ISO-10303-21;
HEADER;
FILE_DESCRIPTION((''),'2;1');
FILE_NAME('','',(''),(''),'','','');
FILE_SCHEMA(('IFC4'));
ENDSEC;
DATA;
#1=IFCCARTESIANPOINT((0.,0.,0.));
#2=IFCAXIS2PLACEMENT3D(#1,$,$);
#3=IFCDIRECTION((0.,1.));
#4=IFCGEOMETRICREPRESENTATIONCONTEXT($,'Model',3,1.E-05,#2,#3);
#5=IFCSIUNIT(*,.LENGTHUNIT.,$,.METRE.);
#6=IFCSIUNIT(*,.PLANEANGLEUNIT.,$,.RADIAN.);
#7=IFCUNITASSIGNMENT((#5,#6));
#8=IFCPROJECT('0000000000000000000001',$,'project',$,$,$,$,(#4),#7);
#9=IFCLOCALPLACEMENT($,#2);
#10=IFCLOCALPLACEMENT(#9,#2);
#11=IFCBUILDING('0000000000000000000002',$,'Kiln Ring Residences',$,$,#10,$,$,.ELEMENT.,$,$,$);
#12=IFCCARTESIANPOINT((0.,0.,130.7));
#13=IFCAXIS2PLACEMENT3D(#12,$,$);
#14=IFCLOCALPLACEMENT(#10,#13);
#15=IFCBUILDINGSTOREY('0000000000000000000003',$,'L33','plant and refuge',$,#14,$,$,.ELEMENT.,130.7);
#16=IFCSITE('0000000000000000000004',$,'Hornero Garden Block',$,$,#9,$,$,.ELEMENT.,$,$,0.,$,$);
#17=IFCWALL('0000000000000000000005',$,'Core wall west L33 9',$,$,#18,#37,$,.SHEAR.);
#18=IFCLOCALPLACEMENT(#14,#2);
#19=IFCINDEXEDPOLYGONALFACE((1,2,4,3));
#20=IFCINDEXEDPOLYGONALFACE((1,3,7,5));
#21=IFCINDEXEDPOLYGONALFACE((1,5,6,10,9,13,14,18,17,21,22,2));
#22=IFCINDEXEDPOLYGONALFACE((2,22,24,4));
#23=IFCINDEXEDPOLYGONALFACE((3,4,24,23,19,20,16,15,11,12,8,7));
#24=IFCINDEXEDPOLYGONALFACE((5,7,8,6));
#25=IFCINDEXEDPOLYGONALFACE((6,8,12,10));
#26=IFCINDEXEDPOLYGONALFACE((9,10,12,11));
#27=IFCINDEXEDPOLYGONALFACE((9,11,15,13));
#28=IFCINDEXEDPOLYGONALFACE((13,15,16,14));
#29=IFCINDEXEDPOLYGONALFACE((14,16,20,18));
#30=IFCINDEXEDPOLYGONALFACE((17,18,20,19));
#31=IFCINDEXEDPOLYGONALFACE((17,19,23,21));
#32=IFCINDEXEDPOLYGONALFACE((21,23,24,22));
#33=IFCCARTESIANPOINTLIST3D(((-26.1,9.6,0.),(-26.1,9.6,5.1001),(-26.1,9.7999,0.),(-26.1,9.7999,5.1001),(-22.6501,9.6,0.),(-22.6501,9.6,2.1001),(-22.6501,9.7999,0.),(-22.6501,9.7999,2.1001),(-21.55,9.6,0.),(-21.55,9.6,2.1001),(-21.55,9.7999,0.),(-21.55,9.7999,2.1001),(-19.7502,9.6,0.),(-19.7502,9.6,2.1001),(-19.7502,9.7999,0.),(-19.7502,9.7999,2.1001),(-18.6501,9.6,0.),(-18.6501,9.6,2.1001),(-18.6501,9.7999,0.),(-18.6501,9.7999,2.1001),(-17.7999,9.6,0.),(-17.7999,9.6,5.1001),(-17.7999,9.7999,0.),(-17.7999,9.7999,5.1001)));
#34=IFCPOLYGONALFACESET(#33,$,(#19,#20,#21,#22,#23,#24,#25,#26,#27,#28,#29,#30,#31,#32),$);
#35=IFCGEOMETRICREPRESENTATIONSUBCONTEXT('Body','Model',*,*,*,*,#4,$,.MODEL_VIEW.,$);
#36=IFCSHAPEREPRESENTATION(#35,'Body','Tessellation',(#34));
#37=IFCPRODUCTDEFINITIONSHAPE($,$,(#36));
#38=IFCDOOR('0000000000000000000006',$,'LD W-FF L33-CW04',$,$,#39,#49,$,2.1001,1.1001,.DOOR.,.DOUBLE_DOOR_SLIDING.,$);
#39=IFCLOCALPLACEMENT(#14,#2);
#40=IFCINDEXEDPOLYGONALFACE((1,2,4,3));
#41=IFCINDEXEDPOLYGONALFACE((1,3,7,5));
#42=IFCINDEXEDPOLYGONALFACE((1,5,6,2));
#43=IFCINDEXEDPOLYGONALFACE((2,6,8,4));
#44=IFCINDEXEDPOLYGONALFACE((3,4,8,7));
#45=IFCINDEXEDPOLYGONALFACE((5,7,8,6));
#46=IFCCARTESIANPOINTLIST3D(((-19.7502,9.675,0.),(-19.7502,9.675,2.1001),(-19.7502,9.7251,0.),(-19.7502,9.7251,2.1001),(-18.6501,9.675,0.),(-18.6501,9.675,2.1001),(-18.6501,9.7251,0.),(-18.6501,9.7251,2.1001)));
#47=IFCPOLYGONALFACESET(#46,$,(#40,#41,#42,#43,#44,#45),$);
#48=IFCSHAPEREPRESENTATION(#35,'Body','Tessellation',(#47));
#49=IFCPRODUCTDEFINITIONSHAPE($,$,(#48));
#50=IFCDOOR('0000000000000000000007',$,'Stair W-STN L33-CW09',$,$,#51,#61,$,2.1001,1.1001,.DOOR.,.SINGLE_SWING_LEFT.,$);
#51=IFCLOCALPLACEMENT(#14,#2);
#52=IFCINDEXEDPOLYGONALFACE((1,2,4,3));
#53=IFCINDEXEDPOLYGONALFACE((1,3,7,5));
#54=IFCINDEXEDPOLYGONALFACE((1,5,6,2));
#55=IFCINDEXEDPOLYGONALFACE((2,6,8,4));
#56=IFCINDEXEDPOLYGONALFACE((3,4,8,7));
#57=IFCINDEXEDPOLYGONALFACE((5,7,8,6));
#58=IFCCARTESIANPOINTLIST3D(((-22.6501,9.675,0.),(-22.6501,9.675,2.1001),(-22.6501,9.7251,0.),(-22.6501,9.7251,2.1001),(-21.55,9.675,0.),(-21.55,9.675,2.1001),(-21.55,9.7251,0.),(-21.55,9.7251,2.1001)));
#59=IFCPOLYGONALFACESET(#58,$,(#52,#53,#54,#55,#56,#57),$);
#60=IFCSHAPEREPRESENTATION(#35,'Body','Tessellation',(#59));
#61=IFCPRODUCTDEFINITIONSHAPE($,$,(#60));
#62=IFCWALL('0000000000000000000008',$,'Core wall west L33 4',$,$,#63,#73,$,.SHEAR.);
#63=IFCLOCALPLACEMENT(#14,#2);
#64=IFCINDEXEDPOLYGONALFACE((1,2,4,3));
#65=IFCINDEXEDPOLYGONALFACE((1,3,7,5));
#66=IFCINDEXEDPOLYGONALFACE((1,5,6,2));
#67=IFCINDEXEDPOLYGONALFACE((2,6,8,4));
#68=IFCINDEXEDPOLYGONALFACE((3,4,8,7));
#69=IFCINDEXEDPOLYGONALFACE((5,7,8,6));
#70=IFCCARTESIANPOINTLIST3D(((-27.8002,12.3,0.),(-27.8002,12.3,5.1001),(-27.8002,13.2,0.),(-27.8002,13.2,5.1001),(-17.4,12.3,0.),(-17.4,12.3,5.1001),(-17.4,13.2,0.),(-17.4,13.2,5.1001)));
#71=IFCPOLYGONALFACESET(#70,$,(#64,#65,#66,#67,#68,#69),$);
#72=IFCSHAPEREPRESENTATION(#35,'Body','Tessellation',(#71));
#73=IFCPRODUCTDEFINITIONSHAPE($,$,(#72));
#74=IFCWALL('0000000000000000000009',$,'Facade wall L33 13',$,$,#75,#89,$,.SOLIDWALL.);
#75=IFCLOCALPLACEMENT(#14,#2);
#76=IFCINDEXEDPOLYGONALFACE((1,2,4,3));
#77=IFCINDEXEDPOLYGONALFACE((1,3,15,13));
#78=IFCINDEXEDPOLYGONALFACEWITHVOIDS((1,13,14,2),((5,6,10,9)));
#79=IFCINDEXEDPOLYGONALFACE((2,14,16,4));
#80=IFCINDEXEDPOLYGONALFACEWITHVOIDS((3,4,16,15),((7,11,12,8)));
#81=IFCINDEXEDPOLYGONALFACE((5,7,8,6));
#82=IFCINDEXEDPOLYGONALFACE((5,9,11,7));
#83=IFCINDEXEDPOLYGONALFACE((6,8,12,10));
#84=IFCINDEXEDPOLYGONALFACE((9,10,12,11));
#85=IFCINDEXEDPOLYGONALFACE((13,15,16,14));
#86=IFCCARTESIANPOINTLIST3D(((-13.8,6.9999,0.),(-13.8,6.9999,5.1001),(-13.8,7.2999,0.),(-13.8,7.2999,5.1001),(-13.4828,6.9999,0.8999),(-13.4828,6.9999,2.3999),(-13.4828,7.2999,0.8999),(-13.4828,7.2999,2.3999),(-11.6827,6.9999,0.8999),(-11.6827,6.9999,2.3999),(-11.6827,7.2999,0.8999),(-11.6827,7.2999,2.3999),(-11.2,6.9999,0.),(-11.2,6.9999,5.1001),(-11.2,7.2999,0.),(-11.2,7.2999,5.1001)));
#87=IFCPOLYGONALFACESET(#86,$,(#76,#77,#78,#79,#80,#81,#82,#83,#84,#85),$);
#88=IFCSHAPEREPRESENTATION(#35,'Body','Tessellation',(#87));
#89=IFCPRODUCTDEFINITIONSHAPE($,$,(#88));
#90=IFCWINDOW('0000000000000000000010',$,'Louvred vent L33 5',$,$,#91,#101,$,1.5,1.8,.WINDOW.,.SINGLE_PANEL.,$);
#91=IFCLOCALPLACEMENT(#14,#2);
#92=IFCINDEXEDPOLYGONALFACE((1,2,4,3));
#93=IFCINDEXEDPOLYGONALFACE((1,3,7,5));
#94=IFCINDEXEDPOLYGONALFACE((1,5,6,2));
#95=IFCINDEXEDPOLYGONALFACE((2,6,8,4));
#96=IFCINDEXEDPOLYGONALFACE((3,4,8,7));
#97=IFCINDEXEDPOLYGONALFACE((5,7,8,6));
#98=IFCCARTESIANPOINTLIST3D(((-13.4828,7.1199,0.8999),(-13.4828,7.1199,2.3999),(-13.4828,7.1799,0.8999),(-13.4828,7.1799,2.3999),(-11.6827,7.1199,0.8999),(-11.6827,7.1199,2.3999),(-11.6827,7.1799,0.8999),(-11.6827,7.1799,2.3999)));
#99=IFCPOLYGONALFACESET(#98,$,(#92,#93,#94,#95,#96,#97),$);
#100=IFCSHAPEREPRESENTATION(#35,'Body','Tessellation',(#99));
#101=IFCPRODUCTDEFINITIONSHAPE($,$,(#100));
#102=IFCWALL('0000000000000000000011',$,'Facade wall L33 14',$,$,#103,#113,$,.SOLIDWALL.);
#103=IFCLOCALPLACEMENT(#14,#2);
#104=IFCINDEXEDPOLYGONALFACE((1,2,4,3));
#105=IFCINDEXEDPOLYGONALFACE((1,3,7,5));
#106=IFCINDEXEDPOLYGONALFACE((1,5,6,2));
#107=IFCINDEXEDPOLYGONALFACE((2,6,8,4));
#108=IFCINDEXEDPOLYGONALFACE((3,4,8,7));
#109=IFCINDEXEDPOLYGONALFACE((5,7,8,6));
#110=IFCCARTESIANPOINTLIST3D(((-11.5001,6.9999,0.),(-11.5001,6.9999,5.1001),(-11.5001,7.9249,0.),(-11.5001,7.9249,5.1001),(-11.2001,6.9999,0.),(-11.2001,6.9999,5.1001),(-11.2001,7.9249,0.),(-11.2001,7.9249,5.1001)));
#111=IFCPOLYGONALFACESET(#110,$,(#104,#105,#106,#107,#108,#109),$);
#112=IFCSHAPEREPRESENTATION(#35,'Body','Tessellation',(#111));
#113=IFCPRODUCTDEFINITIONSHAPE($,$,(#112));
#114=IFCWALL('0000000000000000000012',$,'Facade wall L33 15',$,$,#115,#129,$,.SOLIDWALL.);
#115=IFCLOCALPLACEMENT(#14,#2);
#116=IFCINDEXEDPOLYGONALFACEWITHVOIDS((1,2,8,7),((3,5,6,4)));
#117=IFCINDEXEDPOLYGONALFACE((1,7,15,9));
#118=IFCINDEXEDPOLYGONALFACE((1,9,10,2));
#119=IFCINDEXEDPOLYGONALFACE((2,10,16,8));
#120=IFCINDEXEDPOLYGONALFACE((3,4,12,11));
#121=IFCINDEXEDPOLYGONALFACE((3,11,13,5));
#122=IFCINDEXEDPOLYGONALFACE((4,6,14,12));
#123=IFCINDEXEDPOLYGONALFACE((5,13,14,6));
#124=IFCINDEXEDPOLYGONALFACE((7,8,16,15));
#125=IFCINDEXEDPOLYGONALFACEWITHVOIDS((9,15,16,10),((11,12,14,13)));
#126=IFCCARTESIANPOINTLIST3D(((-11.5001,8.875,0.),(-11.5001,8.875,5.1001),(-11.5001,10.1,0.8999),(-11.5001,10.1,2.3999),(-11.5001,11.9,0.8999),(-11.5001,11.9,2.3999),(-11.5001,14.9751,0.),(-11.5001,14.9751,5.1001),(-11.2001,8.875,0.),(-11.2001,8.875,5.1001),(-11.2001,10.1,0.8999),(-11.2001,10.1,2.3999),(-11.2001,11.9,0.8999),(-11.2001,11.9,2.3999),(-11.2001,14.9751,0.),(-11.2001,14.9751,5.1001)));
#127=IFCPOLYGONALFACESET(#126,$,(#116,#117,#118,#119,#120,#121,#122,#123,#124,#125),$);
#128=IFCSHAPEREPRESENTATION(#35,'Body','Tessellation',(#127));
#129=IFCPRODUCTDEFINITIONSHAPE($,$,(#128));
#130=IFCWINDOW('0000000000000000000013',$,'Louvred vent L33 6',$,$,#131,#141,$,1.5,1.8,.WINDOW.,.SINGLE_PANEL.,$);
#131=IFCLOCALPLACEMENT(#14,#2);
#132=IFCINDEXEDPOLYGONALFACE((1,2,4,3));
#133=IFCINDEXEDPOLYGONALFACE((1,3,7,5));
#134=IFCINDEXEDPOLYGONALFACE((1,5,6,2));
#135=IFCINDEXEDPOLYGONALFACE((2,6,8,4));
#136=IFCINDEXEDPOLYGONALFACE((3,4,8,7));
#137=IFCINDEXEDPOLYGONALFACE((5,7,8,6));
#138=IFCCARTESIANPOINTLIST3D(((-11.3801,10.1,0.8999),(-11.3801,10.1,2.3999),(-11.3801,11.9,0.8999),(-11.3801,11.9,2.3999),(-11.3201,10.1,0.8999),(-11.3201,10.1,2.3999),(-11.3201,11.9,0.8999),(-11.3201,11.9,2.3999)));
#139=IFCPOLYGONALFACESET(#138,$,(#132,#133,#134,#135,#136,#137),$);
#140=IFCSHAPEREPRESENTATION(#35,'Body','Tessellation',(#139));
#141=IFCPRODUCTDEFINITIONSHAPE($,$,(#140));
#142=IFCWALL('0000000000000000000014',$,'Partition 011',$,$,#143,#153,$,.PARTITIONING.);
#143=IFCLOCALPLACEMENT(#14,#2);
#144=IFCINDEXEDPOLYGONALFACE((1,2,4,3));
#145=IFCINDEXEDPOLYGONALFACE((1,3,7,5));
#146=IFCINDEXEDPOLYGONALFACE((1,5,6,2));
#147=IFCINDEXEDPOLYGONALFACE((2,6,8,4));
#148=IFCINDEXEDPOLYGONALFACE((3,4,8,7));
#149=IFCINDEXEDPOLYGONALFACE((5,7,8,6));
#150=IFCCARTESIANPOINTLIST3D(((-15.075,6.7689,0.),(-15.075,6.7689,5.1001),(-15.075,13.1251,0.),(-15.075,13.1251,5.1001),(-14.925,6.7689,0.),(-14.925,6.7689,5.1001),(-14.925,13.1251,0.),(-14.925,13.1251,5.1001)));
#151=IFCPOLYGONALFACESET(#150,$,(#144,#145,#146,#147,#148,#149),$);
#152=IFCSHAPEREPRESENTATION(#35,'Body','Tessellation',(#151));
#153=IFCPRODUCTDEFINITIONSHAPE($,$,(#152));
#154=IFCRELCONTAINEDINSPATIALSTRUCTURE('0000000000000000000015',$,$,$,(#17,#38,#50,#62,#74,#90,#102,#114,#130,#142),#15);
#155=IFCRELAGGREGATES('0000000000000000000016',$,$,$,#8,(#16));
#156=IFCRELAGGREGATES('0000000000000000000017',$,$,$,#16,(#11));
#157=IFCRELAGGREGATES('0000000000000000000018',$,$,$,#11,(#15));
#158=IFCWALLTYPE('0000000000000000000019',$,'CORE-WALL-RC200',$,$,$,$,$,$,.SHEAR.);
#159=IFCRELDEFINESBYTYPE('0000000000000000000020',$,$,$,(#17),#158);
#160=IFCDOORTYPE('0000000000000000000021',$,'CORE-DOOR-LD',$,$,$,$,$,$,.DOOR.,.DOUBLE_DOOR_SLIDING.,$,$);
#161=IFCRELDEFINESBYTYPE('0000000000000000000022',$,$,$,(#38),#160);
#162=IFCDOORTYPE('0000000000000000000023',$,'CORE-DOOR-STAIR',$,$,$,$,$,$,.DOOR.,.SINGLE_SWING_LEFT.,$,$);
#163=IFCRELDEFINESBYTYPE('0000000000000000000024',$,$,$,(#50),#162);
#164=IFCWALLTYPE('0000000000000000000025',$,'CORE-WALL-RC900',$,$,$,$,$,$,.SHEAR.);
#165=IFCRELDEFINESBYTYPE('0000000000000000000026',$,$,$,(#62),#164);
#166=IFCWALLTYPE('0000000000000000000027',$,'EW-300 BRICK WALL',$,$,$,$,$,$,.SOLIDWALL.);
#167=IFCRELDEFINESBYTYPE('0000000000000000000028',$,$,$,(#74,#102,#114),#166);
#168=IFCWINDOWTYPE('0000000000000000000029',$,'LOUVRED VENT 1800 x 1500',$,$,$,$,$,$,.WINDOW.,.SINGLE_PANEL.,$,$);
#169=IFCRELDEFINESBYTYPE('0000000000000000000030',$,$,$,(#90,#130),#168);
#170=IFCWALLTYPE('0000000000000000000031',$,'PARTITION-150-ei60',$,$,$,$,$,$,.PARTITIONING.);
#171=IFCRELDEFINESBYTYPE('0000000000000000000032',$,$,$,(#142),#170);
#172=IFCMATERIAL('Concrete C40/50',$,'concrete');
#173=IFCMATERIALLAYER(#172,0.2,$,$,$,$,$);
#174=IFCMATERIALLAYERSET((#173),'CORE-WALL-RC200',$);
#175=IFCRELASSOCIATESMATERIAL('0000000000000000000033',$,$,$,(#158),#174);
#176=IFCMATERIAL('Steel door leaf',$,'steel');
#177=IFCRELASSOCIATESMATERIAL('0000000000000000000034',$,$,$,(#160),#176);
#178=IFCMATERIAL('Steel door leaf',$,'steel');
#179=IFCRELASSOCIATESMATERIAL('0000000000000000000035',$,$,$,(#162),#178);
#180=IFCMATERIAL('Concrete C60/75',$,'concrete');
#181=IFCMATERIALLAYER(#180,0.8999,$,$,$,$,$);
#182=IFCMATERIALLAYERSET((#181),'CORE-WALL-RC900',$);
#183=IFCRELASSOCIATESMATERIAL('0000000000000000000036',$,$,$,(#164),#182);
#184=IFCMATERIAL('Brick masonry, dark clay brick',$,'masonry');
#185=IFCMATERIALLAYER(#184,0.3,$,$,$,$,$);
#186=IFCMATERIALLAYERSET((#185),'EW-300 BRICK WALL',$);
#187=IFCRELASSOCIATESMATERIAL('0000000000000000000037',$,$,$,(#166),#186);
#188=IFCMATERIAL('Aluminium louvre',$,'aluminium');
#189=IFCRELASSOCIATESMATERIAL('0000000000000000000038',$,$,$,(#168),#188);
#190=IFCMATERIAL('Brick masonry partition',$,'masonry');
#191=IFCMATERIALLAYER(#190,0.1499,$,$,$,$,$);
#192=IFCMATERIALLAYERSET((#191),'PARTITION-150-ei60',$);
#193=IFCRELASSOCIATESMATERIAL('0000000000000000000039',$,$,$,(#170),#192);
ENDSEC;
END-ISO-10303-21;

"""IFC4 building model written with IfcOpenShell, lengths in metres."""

from ifc_helpers import new_model, si_unit, direction, frame, frame_2d, origin, place, context, subcontext, project, spatial, rectangle, extrude, material, layer, layer_set, type_object, element, fill, save


model = new_model("IFC4")

# Units and contexts
model_context = context("Model", 3, precision=1e-05, world=origin(), true_north=direction((0.0, 1.0)))
body_context = subcontext(model_context, "Body", "Model", "MODEL_VIEW")
ifc_project = project(units=[si_unit("LENGTHUNIT", "METRE"), si_unit("PLANEANGLEUNIT", "RADIAN")], contexts=[model_context])

# Site, building, storey
site_placement = place(None, origin())
site = spatial("IfcSite", under=ifc_project, at=site_placement, Name="Hornero Garden Block", CompositionType="ELEMENT", RefElevation=0.0)
building_placement = place(site_placement, origin())
building = spatial("IfcBuilding", under=site, at=building_placement, Name="Kiln Ring Residences", CompositionType="ELEMENT")
storey_placement = place(building_placement, frame((0.0, 0.0, 130.7)))
storey = spatial("IfcBuildingStorey", under=building, at=storey_placement, Name="L33", Description="plant and refuge", CompositionType="ELEMENT", Elevation=130.7)

# Shared definitions
ifc_material_1 = material(Name="Concrete C40/50", Category="concrete")
ifc_layer_1 = layer(ifc_material_1, 0.2)
ifc_layer_set_1 = layer_set([ifc_layer_1], Name="CORE-WALL-RC200")
wall_type_1 = type_object("IfcWallType", Name="CORE-WALL-RC200", PredefinedType="SHEAR", material=ifc_layer_set_1)

# Wall, openings, doors
wall_1_placement = place(storey_placement, frame((-17.8, 9.7, 0.0), z_axis=(0.0, 0.0, 1.0), x_axis=(-1.0, 0.0, 0.0)))
wall_1 = element("IfcWall", 1, at=wall_1_placement, inside=storey, type_object=wall_type_1, Name="Core wall west L33 9", PredefinedType="SHEAR", context=body_context, shape_type="SweptSolid", body=[
    extrude(rectangle(XDim=8.3, YDim=0.2, at=frame_2d((4.1499, 0.0))), origin(), (0.0, 0.0, 1.0), 5.1001),
])
opening_1_placement = place(wall_1_placement, frame((0.8501, 0.0, 0.0)))
opening_1 = element("IfcOpeningElement", 2, at=opening_1_placement, cuts=wall_1, PredefinedType="OPENING", context=body_context, shape_type="SweptSolid", body=[
    extrude(rectangle(XDim=1.1001, YDim=2.1001, at=frame_2d((0.55, 1.05))), frame((0.0, 0.1099, 0.0), z_axis=(0.0, -1.0, 0.0), x_axis=(1.0, 0.0, 0.0)), (0.0, 0.0, 1.0), 0.22),
])
opening_2_placement = place(wall_1_placement, frame((3.75, 0.0, 0.0)))
opening_2 = element("IfcOpeningElement", 3, at=opening_2_placement, cuts=wall_1, PredefinedType="OPENING", context=body_context, shape_type="SweptSolid", body=[
    extrude(rectangle(XDim=1.1001, YDim=2.1001, at=frame_2d((0.55, 1.05))), frame((0.0, 0.1099, 0.0), z_axis=(0.0, -1.0, 0.0), x_axis=(1.0, 0.0, 0.0)), (0.0, 0.0, 1.0), 0.22),
])
ifc_material_2 = material(Name="Steel door leaf", Category="steel")
door_type_1 = type_object("IfcDoorType", Name="CORE-DOOR-LD", OperationType="DOUBLE_DOOR_SLIDING", PredefinedType="DOOR", material=ifc_material_2)
door_1_placement = place(opening_1_placement, origin())
door_1 = element("IfcDoor", 4, at=door_1_placement, inside=storey, type_object=door_type_1, Name="LD W-FF L33-CW04", OperationType="DOUBLE_DOOR_SLIDING", OverallHeight=2.1001, OverallWidth=1.1001, PredefinedType="DOOR", context=body_context, shape_type="SweptSolid", body=[
    extrude(rectangle(XDim=1.1001, YDim=2.1001, at=frame_2d((0.55, 1.05))), frame((0.0, 0.0249, 0.0), z_axis=(0.0, -1.0, 0.0), x_axis=(1.0, 0.0, 0.0)), (0.0, 0.0, 1.0), 0.05),
])
fill(opening_1, door_1)
ifc_material_3 = material(Name="Steel door leaf", Category="steel")
door_type_2 = type_object("IfcDoorType", Name="CORE-DOOR-STAIR", OperationType="SINGLE_SWING_LEFT", PredefinedType="DOOR", material=ifc_material_3)
door_2_placement = place(opening_2_placement, origin())
door_2 = element("IfcDoor", 5, at=door_2_placement, inside=storey, type_object=door_type_2, Name="Stair W-STN L33-CW09", OperationType="SINGLE_SWING_LEFT", OverallHeight=2.1001, OverallWidth=1.1001, PredefinedType="DOOR", context=body_context, shape_type="SweptSolid", body=[
    extrude(rectangle(XDim=1.1001, YDim=2.1001, at=frame_2d((0.55, 1.05))), frame((0.0, 0.0249, 0.0), z_axis=(0.0, -1.0, 0.0), x_axis=(1.0, 0.0, 0.0)), (0.0, 0.0, 1.0), 0.05),
])
fill(opening_2, door_2)

# Wall
ifc_material_4 = material(Name="Concrete C60/75", Category="concrete")
ifc_layer_2 = layer(ifc_material_4, 0.8999)
ifc_layer_set_2 = layer_set([ifc_layer_2], Name="CORE-WALL-RC900")
wall_type_2 = type_object("IfcWallType", Name="CORE-WALL-RC900", PredefinedType="SHEAR", material=ifc_layer_set_2)
wall_2_placement = place(storey_placement, frame((-17.3999, 12.75, 0.0), z_axis=(0.0, 0.0, 1.0), x_axis=(-1.0, 0.0, 0.0)))
element("IfcWall", 6, at=wall_2_placement, inside=storey, type_object=wall_type_2, Name="Core wall west L33 4", PredefinedType="SHEAR", context=body_context, shape_type="SweptSolid", body=[
    extrude(rectangle(XDim=10.4001, YDim=0.8999, at=frame_2d((5.2002, 0.0))), origin(), (0.0, 0.0, 1.0), 5.1001),
])

# Wall, opening, window
ifc_material_5 = material(Name="Brick masonry, dark clay brick", Category="masonry")
ifc_layer_3 = layer(ifc_material_5, 0.3)
ifc_layer_set_3 = layer_set([ifc_layer_3], Name="EW-300 BRICK WALL")
wall_type_3 = type_object("IfcWallType", Name="EW-300 BRICK WALL", PredefinedType="SOLIDWALL", material=ifc_layer_set_3)
wall_3_placement = place(storey_placement, frame((-13.8, 7.1499, 0.0), z_axis=(0.0, 0.0, 1.0), x_axis=(1.0, 0.0, 0.0)))
wall_3 = element("IfcWall", 7, at=wall_3_placement, inside=storey, type_object=wall_type_3, Name="Facade wall L33 13", PredefinedType="SOLIDWALL", context=body_context, shape_type="SweptSolid", body=[
    extrude(rectangle(XDim=2.6001, YDim=0.3, at=frame_2d((1.3, 0.0))), origin(), (0.0, 0.0, 1.0), 5.1001),
])
opening_3_placement = place(wall_3_placement, frame((0.3174, 0.0, 0.8999)))
opening_3 = element("IfcOpeningElement", 8, at=opening_3_placement, cuts=wall_3, PredefinedType="OPENING", context=body_context, shape_type="SweptSolid", body=[
    extrude(rectangle(XDim=1.8, YDim=1.5, at=frame_2d((0.8999, 0.75))), frame((0.0, 0.1599, 0.0), z_axis=(0.0, -1.0, 0.0), x_axis=(1.0, 0.0, 0.0)), (0.0, 0.0, 1.0), 0.3201),
])
ifc_material_6 = material(Name="Aluminium louvre", Category="aluminium")
window_type = type_object("IfcWindowType", Name="LOUVRED VENT 1800 x 1500", PartitioningType="SINGLE_PANEL", PredefinedType="WINDOW", material=ifc_material_6)
window_1_placement = place(opening_3_placement, origin())
window_1 = element("IfcWindow", 9, at=window_1_placement, inside=storey, type_object=window_type, Name="Louvred vent L33 5", OverallHeight=1.5, OverallWidth=1.8, PartitioningType="SINGLE_PANEL", PredefinedType="WINDOW", context=body_context, shape_type="SweptSolid", body=[
    extrude(rectangle(XDim=1.8, YDim=1.5, at=frame_2d((0.8999, 0.75))), frame((0.0, 0.03, 0.0), z_axis=(0.0, -1.0, 0.0), x_axis=(1.0, 0.0, 0.0)), (0.0, 0.0, 1.0), 0.0601),
])
fill(opening_3, window_1)

# Wall
wall_4_placement = place(storey_placement, frame((-11.3501, 7.0, 0.0), z_axis=(0.0, 0.0, 1.0), x_axis=(0.0, 1.0, 0.0)))
element("IfcWall", 10, at=wall_4_placement, inside=storey, type_object=wall_type_3, Name="Facade wall L33 14", PredefinedType="SOLIDWALL", context=body_context, shape_type="SweptSolid", body=[
    extrude(rectangle(XDim=0.925, YDim=0.3, at=frame_2d((0.4624, 0.0))), origin(), (0.0, 0.0, 1.0), 5.1001),
])

# Wall, opening, window
wall_5_placement = place(storey_placement, frame((-11.3501, 8.875, 0.0), z_axis=(0.0, 0.0, 1.0), x_axis=(0.0, 1.0, 0.0)))
wall_5 = element("IfcWall", 11, at=wall_5_placement, inside=storey, type_object=wall_type_3, Name="Facade wall L33 15", PredefinedType="SOLIDWALL", context=body_context, shape_type="SweptSolid", body=[
    extrude(rectangle(XDim=6.1001, YDim=0.3, at=frame_2d((3.05, 0.0))), origin(), (0.0, 0.0, 1.0), 5.1001),
])
opening_4_placement = place(wall_5_placement, frame((1.2251, 0.0, 0.8999)))
opening_4 = element("IfcOpeningElement", 12, at=opening_4_placement, cuts=wall_5, PredefinedType="OPENING", context=body_context, shape_type="SweptSolid", body=[
    extrude(rectangle(XDim=1.8, YDim=1.5, at=frame_2d((0.8999, 0.75))), frame((0.0, 0.1599, 0.0), z_axis=(0.0, -1.0, 0.0), x_axis=(1.0, 0.0, 0.0)), (0.0, 0.0, 1.0), 0.3201),
])
window_2_placement = place(opening_4_placement, origin())
window_2 = element("IfcWindow", 13, at=window_2_placement, inside=storey, type_object=window_type, Name="Louvred vent L33 6", OverallHeight=1.5, OverallWidth=1.8, PartitioningType="SINGLE_PANEL", PredefinedType="WINDOW", context=body_context, shape_type="SweptSolid", body=[
    extrude(rectangle(XDim=1.8, YDim=1.5, at=frame_2d((0.8999, 0.75))), frame((0.0, 0.03, 0.0), z_axis=(0.0, -1.0, 0.0), x_axis=(1.0, 0.0, 0.0)), (0.0, 0.0, 1.0), 0.0601),
])
fill(opening_4, window_2)

# Wall
ifc_material_7 = material(Name="Brick masonry partition", Category="masonry")
ifc_layer_4 = layer(ifc_material_7, 0.1499)
ifc_layer_set_4 = layer_set([ifc_layer_4], Name="PARTITION-150-ei60")
wall_type_4 = type_object("IfcWallType", Name="PARTITION-150-ei60", PredefinedType="PARTITIONING", material=ifc_layer_set_4)
wall_6_placement = place(storey_placement, frame((-15.0, 6.7688, 0.0), z_axis=(0.0, 0.0, 1.0), x_axis=(0.0, 1.0, 0.0)))
element("IfcWall", 14, at=wall_6_placement, inside=storey, type_object=wall_type_4, Name="Partition 011", PredefinedType="PARTITIONING", context=body_context, shape_type="SweptSolid", body=[
    extrude(rectangle(XDim=6.3562, YDim=0.1499, at=frame_2d((3.1782, 0.0))), origin(), (0.0, 0.0, 1.0), 5.1001),
])

save(model, "model.ifc")
